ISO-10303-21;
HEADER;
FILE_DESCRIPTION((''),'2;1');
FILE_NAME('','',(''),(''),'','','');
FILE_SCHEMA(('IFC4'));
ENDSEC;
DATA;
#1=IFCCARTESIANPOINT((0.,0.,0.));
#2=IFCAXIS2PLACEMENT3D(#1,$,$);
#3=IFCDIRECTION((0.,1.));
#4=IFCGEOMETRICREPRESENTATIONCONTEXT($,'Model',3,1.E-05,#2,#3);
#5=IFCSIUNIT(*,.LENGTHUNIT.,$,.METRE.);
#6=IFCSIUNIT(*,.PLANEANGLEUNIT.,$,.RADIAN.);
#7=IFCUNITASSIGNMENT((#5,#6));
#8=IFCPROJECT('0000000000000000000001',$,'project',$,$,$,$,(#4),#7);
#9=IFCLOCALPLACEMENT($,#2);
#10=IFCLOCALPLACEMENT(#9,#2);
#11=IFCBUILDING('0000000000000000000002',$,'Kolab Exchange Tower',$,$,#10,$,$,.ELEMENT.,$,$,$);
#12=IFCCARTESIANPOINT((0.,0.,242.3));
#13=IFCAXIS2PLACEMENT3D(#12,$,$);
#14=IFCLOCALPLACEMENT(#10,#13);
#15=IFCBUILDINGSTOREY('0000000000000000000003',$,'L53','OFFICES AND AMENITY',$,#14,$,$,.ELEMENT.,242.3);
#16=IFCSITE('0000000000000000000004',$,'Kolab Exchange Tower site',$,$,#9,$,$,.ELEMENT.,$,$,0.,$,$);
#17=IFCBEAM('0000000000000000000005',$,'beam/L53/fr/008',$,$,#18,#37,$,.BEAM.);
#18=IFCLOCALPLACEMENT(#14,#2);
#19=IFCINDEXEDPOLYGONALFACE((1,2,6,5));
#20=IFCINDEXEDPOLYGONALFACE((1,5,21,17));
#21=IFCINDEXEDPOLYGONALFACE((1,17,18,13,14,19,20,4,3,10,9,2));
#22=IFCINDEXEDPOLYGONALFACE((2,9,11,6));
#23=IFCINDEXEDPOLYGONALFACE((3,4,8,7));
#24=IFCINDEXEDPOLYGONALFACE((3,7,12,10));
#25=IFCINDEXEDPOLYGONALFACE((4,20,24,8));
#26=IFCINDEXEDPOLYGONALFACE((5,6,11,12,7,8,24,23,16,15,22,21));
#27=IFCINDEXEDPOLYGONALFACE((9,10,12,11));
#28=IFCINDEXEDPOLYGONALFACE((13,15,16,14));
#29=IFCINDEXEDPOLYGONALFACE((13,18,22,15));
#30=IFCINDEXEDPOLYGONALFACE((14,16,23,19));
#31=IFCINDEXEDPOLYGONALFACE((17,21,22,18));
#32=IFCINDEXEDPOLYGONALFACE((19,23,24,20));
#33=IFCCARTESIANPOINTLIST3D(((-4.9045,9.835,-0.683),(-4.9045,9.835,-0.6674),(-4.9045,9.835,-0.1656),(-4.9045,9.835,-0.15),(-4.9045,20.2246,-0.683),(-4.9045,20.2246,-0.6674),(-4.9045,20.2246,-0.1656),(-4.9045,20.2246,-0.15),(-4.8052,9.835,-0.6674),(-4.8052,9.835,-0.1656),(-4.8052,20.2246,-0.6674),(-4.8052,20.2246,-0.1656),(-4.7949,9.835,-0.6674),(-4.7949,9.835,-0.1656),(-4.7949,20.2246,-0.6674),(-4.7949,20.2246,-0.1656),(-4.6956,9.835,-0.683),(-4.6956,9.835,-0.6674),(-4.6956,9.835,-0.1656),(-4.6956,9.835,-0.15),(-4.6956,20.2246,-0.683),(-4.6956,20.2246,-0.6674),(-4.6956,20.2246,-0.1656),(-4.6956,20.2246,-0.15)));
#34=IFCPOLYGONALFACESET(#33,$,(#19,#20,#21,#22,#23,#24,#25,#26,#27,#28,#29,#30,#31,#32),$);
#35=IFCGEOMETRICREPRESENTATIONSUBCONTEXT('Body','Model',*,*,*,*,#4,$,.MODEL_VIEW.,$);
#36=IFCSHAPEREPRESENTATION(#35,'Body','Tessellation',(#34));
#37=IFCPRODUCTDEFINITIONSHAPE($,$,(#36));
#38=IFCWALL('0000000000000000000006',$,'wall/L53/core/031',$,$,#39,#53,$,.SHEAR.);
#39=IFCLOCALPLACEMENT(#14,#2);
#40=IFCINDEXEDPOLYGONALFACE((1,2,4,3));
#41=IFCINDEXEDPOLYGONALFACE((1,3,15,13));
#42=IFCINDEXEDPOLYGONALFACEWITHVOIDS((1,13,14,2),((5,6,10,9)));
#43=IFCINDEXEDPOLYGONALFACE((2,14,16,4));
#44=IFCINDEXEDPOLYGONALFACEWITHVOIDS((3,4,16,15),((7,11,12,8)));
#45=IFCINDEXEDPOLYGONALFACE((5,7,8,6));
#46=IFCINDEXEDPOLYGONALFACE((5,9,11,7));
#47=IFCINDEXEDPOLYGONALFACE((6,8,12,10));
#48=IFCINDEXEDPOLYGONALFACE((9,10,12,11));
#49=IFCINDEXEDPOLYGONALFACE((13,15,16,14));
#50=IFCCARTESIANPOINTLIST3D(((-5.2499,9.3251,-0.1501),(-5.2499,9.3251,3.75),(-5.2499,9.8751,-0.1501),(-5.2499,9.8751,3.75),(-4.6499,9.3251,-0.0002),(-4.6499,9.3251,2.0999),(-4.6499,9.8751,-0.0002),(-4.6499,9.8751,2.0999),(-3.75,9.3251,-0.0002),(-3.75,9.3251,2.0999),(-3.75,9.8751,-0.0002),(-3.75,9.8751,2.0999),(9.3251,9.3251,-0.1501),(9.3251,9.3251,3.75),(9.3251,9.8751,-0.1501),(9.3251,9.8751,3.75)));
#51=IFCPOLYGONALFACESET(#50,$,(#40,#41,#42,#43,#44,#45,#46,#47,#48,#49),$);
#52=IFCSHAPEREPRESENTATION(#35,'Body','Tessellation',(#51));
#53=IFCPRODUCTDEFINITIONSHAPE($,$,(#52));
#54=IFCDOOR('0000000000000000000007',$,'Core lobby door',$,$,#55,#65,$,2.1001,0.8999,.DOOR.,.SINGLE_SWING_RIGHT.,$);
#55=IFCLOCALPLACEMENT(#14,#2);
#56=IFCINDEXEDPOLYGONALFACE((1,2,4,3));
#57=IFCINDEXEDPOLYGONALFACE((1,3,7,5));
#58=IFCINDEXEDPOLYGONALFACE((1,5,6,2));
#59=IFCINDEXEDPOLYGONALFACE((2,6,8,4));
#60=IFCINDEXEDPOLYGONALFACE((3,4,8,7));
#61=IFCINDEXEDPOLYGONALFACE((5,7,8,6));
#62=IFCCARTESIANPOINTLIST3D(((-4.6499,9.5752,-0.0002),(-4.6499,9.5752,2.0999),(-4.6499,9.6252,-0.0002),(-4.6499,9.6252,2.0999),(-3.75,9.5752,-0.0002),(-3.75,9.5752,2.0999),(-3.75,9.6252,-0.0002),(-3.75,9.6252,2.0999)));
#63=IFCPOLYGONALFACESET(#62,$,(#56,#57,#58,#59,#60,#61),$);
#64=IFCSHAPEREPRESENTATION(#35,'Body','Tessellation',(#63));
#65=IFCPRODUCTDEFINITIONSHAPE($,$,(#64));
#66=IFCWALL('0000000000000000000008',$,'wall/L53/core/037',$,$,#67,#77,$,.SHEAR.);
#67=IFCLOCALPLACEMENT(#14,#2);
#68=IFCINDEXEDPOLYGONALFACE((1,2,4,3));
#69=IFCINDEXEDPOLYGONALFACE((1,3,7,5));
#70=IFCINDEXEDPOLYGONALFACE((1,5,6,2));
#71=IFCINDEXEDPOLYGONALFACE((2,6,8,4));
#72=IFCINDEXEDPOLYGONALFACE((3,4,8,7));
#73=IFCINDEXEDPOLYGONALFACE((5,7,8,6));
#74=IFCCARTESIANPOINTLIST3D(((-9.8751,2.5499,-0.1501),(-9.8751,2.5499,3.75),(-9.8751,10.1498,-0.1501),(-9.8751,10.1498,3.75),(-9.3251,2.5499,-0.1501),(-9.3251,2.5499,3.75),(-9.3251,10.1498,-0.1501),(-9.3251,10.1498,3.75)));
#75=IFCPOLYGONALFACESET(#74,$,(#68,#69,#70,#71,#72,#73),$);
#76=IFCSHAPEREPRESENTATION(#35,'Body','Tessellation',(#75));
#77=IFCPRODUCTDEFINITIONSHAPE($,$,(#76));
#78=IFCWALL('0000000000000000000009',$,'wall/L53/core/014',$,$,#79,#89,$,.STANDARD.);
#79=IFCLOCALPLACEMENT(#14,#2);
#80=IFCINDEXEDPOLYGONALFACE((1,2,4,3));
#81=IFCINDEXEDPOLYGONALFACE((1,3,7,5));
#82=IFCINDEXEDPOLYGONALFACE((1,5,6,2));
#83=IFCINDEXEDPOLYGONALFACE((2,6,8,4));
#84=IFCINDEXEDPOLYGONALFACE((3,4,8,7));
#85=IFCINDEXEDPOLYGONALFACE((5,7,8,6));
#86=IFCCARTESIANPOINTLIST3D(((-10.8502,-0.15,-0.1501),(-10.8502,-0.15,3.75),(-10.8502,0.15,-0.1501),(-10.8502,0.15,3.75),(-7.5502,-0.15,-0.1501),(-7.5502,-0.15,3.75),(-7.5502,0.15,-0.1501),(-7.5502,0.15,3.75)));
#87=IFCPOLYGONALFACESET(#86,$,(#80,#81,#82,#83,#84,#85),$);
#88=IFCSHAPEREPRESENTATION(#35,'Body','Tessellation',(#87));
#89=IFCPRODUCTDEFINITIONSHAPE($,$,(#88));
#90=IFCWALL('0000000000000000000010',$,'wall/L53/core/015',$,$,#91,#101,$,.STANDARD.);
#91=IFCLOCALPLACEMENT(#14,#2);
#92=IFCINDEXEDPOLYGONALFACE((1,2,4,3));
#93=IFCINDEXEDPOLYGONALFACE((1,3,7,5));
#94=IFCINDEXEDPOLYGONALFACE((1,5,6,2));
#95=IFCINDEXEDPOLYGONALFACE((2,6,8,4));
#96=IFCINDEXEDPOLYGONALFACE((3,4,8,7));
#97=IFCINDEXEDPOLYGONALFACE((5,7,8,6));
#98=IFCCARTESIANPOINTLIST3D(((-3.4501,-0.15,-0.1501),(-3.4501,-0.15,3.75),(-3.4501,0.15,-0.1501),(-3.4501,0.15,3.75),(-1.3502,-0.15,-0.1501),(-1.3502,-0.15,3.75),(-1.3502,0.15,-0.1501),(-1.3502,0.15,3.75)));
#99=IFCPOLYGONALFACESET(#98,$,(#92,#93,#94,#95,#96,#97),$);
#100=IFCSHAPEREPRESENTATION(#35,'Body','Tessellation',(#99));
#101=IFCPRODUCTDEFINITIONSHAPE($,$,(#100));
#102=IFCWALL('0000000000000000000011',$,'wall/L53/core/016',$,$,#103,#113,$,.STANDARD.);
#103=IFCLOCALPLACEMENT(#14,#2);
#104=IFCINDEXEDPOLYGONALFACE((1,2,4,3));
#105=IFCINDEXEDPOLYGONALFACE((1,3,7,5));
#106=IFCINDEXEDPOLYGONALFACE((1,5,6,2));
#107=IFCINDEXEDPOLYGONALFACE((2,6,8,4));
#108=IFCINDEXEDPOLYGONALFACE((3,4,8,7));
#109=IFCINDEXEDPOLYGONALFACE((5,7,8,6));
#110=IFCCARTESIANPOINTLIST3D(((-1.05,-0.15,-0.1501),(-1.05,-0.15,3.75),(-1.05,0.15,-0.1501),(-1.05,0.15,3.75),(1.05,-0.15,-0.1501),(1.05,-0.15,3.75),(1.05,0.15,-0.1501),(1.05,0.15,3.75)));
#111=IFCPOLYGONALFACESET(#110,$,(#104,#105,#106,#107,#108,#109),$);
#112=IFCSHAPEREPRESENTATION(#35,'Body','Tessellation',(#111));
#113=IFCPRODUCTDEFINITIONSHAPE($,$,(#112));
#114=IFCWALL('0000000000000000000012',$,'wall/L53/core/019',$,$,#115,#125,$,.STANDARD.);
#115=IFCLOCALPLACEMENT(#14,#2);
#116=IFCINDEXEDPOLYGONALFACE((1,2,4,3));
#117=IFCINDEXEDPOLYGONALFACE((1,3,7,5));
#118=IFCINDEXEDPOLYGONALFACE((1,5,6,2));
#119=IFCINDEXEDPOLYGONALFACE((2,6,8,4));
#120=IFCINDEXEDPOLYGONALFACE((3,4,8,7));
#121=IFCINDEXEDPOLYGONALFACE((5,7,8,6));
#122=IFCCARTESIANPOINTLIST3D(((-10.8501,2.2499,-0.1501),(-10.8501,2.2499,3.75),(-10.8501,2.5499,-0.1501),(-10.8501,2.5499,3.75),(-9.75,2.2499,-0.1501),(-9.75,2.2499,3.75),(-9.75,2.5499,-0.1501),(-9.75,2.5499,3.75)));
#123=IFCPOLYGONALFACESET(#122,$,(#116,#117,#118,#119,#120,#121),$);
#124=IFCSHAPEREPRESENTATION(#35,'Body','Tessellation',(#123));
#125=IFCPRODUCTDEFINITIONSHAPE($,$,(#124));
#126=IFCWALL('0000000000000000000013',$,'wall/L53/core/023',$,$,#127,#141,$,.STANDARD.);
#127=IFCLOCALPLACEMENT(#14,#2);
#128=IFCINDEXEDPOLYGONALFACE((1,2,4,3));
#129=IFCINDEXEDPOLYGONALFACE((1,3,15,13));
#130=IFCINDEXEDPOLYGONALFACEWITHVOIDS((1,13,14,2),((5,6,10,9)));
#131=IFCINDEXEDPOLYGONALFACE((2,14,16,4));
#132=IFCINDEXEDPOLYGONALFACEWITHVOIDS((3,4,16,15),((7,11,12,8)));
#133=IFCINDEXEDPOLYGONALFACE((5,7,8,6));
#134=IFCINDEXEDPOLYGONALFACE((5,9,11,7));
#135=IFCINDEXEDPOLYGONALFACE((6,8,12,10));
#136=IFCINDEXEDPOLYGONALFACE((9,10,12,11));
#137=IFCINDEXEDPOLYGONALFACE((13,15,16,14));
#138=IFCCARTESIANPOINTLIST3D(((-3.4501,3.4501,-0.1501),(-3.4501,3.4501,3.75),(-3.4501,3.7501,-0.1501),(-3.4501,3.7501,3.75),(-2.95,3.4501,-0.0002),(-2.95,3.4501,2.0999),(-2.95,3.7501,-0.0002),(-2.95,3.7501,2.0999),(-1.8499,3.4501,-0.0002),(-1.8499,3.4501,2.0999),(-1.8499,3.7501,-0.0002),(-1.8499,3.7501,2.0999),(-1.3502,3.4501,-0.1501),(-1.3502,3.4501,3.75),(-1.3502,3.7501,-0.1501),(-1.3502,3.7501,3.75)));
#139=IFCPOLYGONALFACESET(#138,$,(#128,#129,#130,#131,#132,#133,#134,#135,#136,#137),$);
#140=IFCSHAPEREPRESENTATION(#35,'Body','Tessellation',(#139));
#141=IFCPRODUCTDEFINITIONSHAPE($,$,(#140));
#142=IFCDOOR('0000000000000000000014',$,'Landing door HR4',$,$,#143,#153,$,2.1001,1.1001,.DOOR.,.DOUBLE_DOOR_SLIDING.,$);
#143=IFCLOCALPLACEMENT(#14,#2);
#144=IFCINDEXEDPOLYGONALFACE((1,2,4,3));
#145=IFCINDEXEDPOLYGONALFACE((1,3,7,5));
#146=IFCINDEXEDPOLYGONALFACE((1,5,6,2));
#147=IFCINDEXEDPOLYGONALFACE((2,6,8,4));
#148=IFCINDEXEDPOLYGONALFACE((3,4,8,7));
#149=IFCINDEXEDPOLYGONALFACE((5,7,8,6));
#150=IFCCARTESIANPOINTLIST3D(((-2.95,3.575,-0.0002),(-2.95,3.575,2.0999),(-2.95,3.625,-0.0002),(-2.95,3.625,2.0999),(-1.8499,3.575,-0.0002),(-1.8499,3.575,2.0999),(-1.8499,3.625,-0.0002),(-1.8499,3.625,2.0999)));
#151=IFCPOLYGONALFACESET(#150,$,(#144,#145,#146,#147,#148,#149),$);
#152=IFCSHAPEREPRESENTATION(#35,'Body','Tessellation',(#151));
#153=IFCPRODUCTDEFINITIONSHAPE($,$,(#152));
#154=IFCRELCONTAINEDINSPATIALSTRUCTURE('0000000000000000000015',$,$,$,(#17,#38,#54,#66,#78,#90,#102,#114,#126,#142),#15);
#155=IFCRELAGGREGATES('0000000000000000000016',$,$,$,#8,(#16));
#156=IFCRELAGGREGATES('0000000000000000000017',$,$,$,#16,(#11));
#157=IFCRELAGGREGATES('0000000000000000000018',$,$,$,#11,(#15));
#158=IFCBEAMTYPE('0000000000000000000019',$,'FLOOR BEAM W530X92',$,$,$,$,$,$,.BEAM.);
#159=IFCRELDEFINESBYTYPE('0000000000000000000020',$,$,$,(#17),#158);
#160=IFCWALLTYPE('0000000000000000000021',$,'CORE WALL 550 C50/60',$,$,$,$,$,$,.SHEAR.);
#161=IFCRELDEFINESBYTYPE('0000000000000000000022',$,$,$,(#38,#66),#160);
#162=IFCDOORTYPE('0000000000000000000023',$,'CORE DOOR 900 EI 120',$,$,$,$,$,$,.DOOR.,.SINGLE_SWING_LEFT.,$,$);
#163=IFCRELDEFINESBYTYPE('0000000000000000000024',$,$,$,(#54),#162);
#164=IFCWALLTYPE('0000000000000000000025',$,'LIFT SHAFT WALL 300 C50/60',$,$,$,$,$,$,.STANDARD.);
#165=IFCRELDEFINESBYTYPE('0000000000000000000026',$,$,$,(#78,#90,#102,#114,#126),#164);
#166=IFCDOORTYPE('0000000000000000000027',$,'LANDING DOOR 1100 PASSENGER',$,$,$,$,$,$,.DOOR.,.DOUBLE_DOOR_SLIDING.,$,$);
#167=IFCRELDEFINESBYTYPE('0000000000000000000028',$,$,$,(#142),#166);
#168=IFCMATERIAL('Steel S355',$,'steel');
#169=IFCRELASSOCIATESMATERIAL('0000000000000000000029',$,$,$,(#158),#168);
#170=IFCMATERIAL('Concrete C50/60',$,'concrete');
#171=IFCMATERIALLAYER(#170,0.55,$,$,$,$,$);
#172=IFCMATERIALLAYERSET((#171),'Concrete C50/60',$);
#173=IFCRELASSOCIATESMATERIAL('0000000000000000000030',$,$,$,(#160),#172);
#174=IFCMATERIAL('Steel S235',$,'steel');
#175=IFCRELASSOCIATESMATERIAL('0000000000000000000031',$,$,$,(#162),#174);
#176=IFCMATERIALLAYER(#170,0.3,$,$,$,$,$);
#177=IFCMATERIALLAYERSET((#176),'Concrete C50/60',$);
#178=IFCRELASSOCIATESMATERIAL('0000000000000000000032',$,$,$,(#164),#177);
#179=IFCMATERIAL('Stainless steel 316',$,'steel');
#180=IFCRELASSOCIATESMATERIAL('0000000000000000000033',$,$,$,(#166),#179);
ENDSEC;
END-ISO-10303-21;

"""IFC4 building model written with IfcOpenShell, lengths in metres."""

from ifc_helpers import new_model, si_unit, direction, frame, frame_2d, origin, origin_2d, place, context, subcontext, project, spatial, rectangle, i_section, extrude, material, layer, layer_set, material_profile, profile_set, type_object, element, fill, save


model = new_model("IFC4")

# Units and contexts
model_context = context("Model", 3, precision=1e-05, world=origin(), true_north=direction((0.0, 1.0)))
body_context = subcontext(model_context, "Body", "Model", "MODEL_VIEW")
ifc_project = project(units=[si_unit("LENGTHUNIT", "METRE"), si_unit("PLANEANGLEUNIT", "RADIAN")], contexts=[model_context])

# Site, building, storey
site_placement = place(None, origin())
site = spatial("IfcSite", under=ifc_project, at=site_placement, Name="Kolab Exchange Tower site", CompositionType="ELEMENT", RefElevation=0.0)
building_placement = place(site_placement, origin())
building = spatial("IfcBuilding", under=site, at=building_placement, Name="Kolab Exchange Tower", CompositionType="ELEMENT")
storey_placement = place(building_placement, frame((0.0, 0.0, 242.3)))
storey = spatial("IfcBuildingStorey", under=building, at=storey_placement, Name="L53", Description="OFFICES AND AMENITY", CompositionType="ELEMENT", Elevation=242.3)

# Beam
ifc_material_1 = material(Name="Steel S355", Category="steel")
ifc_material_profile = material_profile(ifc_material_1, i_section(OverallWidth=0.209, OverallDepth=0.533, WebThickness=0.0103, FlangeThickness=0.0156, at=origin_2d()), Name="W530X92")
ifc_profile_set = profile_set([ifc_material_profile], Name="Steel S355")
beam_type = type_object("IfcBeamType", Name="FLOOR BEAM W530X92", PredefinedType="BEAM", material=ifc_profile_set)
beam_placement = place(storey_placement, frame((-4.8, 9.835, -0.4165), z_axis=(0.0, 1.0, 0.0), x_axis=(-1.0, 0.0, 0.0)))
element("IfcBeam", 1, at=beam_placement, inside=storey, type_object=beam_type, Name="beam/L53/fr/008", PredefinedType="BEAM", context=body_context, shape_type="SweptSolid", body=[
    extrude(i_section(OverallWidth=0.209, OverallDepth=0.533, WebThickness=0.0103, FlangeThickness=0.0156, at=origin_2d()), origin(), (0.0, 0.0, 1.0), 10.3896),
])

# Wall, opening, door
ifc_material_2 = material(Name="Concrete C50/60", Category="concrete")
ifc_layer_1 = layer(ifc_material_2, 0.55)
ifc_layer_set_1 = layer_set([ifc_layer_1], Name="Concrete C50/60")
wall_type_1 = type_object("IfcWallType", Name="CORE WALL 550 C50/60", PredefinedType="SHEAR", material=ifc_layer_set_1)
wall_1_placement = place(storey_placement, frame((-5.25, 9.6001, -0.1501), z_axis=(0.0, 0.0, 1.0), x_axis=(1.0, 0.0, 0.0)))
wall_1 = element("IfcWall", 2, at=wall_1_placement, inside=storey, type_object=wall_type_1, Name="wall/L53/core/031", PredefinedType="SHEAR", context=body_context, shape_type="SweptSolid", body=[
    extrude(rectangle(XDim=14.575, YDim=0.55, at=frame_2d((7.2876, 0.0))), origin(), (0.0, 0.0, 1.0), 3.9001),
])
opening_1_placement = place(wall_1_placement, frame((0.6001, 0.0, 0.1499)))
opening_1 = element("IfcOpeningElement", 3, at=opening_1_placement, cuts=wall_1, PredefinedType="OPENING", context=body_context, shape_type="SweptSolid", body=[
    extrude(rectangle(XDim=0.8999, YDim=2.1001, at=frame_2d((0.45, 1.05))), frame((0.0, 0.2852, 0.0), z_axis=(0.0, -1.0, 0.0), x_axis=(1.0, 0.0, 0.0)), (0.0, 0.0, 1.0), 0.5701),
])
ifc_material_3 = material(Name="Steel S235", Category="steel")
door_type_1 = type_object("IfcDoorType", Name="CORE DOOR 900 EI 120", OperationType="SINGLE_SWING_LEFT", PredefinedType="DOOR", material=ifc_material_3)
door_1_placement = place(opening_1_placement, frame((0.8999, 0.0, 0.0), z_axis=(0.0, 0.0, 1.0), x_axis=(-1.0, 0.0, 0.0)))
door_1 = element("IfcDoor", 4, at=door_1_placement, inside=storey, type_object=door_type_1, Name="Core lobby door", OperationType="SINGLE_SWING_RIGHT", OverallHeight=2.1001, OverallWidth=0.8999, PredefinedType="DOOR", context=body_context, shape_type="SweptSolid", body=[
    extrude(rectangle(XDim=0.8999, YDim=2.1001, at=frame_2d((0.45, 1.05))), frame((0.0, 0.0249, 0.0), z_axis=(0.0, -1.0, 0.0), x_axis=(1.0, 0.0, 0.0)), (0.0, 0.0, 1.0), 0.05),
])
fill(opening_1, door_1)

# Walls
wall_2_placement = place(storey_placement, frame((-9.6001, 2.55, -0.1501), z_axis=(0.0, 0.0, 1.0), x_axis=(0.0, 1.0, 0.0)))
element("IfcWall", 5, at=wall_2_placement, inside=storey, type_object=wall_type_1, Name="wall/L53/core/037", PredefinedType="SHEAR", context=body_context, shape_type="SweptSolid", body=[
    extrude(rectangle(XDim=7.5999, YDim=0.55, at=frame_2d((3.7998, 0.0))), origin(), (0.0, 0.0, 1.0), 3.9001),
])
ifc_layer_2 = layer(ifc_material_2, 0.3)
ifc_layer_set_2 = layer_set([ifc_layer_2], Name="Concrete C50/60")
wall_type_2 = type_object("IfcWallType", Name="LIFT SHAFT WALL 300 C50/60", PredefinedType="STANDARD", material=ifc_layer_set_2)
wall_3_placement = place(storey_placement, frame((-10.8501, 0.0, -0.1501), z_axis=(0.0, 0.0, 1.0), x_axis=(1.0, 0.0, 0.0)))
element("IfcWall", 6, at=wall_3_placement, inside=storey, type_object=wall_type_2, Name="wall/L53/core/014", PredefinedType="STANDARD", context=body_context, shape_type="SweptSolid", body=[
    extrude(rectangle(XDim=3.3, YDim=0.3, at=frame_2d((1.6499, 0.0))), origin(), (0.0, 0.0, 1.0), 3.9001),
])
wall_4_placement = place(storey_placement, frame((-3.45, 0.0, -0.1501), z_axis=(0.0, 0.0, 1.0), x_axis=(1.0, 0.0, 0.0)))
element("IfcWall", 7, at=wall_4_placement, inside=storey, type_object=wall_type_2, Name="wall/L53/core/015", PredefinedType="STANDARD", context=body_context, shape_type="SweptSolid", body=[
    extrude(rectangle(XDim=2.0999, YDim=0.3, at=frame_2d((1.0498, 0.0))), origin(), (0.0, 0.0, 1.0), 3.9001),
])
wall_5_placement = place(storey_placement, frame((-1.05, 0.0, -0.1501), z_axis=(0.0, 0.0, 1.0), x_axis=(1.0, 0.0, 0.0)))
element("IfcWall", 8, at=wall_5_placement, inside=storey, type_object=wall_type_2, Name="wall/L53/core/016", PredefinedType="STANDARD", context=body_context, shape_type="SweptSolid", body=[
    extrude(rectangle(XDim=2.1001, YDim=0.3, at=frame_2d((1.05, 0.0))), origin(), (0.0, 0.0, 1.0), 3.9001),
])
wall_6_placement = place(storey_placement, frame((-10.8501, 2.3999, -0.1501), z_axis=(0.0, 0.0, 1.0), x_axis=(1.0, 0.0, 0.0)))
element("IfcWall", 9, at=wall_6_placement, inside=storey, type_object=wall_type_2, Name="wall/L53/core/019", PredefinedType="STANDARD", context=body_context, shape_type="SweptSolid", body=[
    extrude(rectangle(XDim=1.1001, YDim=0.3, at=frame_2d((0.55, 0.0))), origin(), (0.0, 0.0, 1.0), 3.9001),
])

# Wall, opening, door
wall_7_placement = place(storey_placement, frame((-3.45, 3.6001, -0.1501), z_axis=(0.0, 0.0, 1.0), x_axis=(1.0, 0.0, 0.0)))
wall_7 = element("IfcWall", 10, at=wall_7_placement, inside=storey, type_object=wall_type_2, Name="wall/L53/core/023", PredefinedType="STANDARD", context=body_context, shape_type="SweptSolid", body=[
    extrude(rectangle(XDim=2.0999, YDim=0.3, at=frame_2d((1.0498, 0.0))), origin(), (0.0, 0.0, 1.0), 3.9001),
])
opening_2_placement = place(wall_7_placement, frame((0.5, 0.0, 0.1499)))
opening_2 = element("IfcOpeningElement", 11, at=opening_2_placement, cuts=wall_7, PredefinedType="OPENING", context=body_context, shape_type="SweptSolid", body=[
    extrude(rectangle(XDim=1.1001, YDim=2.1001, at=frame_2d((0.55, 1.05))), frame((0.0, 0.1602, 0.0), z_axis=(0.0, -1.0, 0.0), x_axis=(1.0, 0.0, 0.0)), (0.0, 0.0, 1.0), 0.3201),
])
ifc_material_4 = material(Name="Stainless steel 316", Category="steel")
door_type_2 = type_object("IfcDoorType", Name="LANDING DOOR 1100 PASSENGER", OperationType="DOUBLE_DOOR_SLIDING", PredefinedType="DOOR", material=ifc_material_4)
door_2_placement = place(opening_2_placement, origin())
door_2 = element("IfcDoor", 12, at=door_2_placement, inside=storey, type_object=door_type_2, Name="Landing door HR4", OperationType="DOUBLE_DOOR_SLIDING", OverallHeight=2.1001, OverallWidth=1.1001, PredefinedType="DOOR", context=body_context, shape_type="SweptSolid", body=[
    extrude(rectangle(XDim=1.1001, YDim=2.1001, at=frame_2d((0.55, 1.05))), frame((0.0, 0.0249, 0.0), z_axis=(0.0, -1.0, 0.0), x_axis=(1.0, 0.0, 0.0)), (0.0, 0.0, 1.0), 0.05),
])
fill(opening_2, door_2)

save(model, "model.ifc")
